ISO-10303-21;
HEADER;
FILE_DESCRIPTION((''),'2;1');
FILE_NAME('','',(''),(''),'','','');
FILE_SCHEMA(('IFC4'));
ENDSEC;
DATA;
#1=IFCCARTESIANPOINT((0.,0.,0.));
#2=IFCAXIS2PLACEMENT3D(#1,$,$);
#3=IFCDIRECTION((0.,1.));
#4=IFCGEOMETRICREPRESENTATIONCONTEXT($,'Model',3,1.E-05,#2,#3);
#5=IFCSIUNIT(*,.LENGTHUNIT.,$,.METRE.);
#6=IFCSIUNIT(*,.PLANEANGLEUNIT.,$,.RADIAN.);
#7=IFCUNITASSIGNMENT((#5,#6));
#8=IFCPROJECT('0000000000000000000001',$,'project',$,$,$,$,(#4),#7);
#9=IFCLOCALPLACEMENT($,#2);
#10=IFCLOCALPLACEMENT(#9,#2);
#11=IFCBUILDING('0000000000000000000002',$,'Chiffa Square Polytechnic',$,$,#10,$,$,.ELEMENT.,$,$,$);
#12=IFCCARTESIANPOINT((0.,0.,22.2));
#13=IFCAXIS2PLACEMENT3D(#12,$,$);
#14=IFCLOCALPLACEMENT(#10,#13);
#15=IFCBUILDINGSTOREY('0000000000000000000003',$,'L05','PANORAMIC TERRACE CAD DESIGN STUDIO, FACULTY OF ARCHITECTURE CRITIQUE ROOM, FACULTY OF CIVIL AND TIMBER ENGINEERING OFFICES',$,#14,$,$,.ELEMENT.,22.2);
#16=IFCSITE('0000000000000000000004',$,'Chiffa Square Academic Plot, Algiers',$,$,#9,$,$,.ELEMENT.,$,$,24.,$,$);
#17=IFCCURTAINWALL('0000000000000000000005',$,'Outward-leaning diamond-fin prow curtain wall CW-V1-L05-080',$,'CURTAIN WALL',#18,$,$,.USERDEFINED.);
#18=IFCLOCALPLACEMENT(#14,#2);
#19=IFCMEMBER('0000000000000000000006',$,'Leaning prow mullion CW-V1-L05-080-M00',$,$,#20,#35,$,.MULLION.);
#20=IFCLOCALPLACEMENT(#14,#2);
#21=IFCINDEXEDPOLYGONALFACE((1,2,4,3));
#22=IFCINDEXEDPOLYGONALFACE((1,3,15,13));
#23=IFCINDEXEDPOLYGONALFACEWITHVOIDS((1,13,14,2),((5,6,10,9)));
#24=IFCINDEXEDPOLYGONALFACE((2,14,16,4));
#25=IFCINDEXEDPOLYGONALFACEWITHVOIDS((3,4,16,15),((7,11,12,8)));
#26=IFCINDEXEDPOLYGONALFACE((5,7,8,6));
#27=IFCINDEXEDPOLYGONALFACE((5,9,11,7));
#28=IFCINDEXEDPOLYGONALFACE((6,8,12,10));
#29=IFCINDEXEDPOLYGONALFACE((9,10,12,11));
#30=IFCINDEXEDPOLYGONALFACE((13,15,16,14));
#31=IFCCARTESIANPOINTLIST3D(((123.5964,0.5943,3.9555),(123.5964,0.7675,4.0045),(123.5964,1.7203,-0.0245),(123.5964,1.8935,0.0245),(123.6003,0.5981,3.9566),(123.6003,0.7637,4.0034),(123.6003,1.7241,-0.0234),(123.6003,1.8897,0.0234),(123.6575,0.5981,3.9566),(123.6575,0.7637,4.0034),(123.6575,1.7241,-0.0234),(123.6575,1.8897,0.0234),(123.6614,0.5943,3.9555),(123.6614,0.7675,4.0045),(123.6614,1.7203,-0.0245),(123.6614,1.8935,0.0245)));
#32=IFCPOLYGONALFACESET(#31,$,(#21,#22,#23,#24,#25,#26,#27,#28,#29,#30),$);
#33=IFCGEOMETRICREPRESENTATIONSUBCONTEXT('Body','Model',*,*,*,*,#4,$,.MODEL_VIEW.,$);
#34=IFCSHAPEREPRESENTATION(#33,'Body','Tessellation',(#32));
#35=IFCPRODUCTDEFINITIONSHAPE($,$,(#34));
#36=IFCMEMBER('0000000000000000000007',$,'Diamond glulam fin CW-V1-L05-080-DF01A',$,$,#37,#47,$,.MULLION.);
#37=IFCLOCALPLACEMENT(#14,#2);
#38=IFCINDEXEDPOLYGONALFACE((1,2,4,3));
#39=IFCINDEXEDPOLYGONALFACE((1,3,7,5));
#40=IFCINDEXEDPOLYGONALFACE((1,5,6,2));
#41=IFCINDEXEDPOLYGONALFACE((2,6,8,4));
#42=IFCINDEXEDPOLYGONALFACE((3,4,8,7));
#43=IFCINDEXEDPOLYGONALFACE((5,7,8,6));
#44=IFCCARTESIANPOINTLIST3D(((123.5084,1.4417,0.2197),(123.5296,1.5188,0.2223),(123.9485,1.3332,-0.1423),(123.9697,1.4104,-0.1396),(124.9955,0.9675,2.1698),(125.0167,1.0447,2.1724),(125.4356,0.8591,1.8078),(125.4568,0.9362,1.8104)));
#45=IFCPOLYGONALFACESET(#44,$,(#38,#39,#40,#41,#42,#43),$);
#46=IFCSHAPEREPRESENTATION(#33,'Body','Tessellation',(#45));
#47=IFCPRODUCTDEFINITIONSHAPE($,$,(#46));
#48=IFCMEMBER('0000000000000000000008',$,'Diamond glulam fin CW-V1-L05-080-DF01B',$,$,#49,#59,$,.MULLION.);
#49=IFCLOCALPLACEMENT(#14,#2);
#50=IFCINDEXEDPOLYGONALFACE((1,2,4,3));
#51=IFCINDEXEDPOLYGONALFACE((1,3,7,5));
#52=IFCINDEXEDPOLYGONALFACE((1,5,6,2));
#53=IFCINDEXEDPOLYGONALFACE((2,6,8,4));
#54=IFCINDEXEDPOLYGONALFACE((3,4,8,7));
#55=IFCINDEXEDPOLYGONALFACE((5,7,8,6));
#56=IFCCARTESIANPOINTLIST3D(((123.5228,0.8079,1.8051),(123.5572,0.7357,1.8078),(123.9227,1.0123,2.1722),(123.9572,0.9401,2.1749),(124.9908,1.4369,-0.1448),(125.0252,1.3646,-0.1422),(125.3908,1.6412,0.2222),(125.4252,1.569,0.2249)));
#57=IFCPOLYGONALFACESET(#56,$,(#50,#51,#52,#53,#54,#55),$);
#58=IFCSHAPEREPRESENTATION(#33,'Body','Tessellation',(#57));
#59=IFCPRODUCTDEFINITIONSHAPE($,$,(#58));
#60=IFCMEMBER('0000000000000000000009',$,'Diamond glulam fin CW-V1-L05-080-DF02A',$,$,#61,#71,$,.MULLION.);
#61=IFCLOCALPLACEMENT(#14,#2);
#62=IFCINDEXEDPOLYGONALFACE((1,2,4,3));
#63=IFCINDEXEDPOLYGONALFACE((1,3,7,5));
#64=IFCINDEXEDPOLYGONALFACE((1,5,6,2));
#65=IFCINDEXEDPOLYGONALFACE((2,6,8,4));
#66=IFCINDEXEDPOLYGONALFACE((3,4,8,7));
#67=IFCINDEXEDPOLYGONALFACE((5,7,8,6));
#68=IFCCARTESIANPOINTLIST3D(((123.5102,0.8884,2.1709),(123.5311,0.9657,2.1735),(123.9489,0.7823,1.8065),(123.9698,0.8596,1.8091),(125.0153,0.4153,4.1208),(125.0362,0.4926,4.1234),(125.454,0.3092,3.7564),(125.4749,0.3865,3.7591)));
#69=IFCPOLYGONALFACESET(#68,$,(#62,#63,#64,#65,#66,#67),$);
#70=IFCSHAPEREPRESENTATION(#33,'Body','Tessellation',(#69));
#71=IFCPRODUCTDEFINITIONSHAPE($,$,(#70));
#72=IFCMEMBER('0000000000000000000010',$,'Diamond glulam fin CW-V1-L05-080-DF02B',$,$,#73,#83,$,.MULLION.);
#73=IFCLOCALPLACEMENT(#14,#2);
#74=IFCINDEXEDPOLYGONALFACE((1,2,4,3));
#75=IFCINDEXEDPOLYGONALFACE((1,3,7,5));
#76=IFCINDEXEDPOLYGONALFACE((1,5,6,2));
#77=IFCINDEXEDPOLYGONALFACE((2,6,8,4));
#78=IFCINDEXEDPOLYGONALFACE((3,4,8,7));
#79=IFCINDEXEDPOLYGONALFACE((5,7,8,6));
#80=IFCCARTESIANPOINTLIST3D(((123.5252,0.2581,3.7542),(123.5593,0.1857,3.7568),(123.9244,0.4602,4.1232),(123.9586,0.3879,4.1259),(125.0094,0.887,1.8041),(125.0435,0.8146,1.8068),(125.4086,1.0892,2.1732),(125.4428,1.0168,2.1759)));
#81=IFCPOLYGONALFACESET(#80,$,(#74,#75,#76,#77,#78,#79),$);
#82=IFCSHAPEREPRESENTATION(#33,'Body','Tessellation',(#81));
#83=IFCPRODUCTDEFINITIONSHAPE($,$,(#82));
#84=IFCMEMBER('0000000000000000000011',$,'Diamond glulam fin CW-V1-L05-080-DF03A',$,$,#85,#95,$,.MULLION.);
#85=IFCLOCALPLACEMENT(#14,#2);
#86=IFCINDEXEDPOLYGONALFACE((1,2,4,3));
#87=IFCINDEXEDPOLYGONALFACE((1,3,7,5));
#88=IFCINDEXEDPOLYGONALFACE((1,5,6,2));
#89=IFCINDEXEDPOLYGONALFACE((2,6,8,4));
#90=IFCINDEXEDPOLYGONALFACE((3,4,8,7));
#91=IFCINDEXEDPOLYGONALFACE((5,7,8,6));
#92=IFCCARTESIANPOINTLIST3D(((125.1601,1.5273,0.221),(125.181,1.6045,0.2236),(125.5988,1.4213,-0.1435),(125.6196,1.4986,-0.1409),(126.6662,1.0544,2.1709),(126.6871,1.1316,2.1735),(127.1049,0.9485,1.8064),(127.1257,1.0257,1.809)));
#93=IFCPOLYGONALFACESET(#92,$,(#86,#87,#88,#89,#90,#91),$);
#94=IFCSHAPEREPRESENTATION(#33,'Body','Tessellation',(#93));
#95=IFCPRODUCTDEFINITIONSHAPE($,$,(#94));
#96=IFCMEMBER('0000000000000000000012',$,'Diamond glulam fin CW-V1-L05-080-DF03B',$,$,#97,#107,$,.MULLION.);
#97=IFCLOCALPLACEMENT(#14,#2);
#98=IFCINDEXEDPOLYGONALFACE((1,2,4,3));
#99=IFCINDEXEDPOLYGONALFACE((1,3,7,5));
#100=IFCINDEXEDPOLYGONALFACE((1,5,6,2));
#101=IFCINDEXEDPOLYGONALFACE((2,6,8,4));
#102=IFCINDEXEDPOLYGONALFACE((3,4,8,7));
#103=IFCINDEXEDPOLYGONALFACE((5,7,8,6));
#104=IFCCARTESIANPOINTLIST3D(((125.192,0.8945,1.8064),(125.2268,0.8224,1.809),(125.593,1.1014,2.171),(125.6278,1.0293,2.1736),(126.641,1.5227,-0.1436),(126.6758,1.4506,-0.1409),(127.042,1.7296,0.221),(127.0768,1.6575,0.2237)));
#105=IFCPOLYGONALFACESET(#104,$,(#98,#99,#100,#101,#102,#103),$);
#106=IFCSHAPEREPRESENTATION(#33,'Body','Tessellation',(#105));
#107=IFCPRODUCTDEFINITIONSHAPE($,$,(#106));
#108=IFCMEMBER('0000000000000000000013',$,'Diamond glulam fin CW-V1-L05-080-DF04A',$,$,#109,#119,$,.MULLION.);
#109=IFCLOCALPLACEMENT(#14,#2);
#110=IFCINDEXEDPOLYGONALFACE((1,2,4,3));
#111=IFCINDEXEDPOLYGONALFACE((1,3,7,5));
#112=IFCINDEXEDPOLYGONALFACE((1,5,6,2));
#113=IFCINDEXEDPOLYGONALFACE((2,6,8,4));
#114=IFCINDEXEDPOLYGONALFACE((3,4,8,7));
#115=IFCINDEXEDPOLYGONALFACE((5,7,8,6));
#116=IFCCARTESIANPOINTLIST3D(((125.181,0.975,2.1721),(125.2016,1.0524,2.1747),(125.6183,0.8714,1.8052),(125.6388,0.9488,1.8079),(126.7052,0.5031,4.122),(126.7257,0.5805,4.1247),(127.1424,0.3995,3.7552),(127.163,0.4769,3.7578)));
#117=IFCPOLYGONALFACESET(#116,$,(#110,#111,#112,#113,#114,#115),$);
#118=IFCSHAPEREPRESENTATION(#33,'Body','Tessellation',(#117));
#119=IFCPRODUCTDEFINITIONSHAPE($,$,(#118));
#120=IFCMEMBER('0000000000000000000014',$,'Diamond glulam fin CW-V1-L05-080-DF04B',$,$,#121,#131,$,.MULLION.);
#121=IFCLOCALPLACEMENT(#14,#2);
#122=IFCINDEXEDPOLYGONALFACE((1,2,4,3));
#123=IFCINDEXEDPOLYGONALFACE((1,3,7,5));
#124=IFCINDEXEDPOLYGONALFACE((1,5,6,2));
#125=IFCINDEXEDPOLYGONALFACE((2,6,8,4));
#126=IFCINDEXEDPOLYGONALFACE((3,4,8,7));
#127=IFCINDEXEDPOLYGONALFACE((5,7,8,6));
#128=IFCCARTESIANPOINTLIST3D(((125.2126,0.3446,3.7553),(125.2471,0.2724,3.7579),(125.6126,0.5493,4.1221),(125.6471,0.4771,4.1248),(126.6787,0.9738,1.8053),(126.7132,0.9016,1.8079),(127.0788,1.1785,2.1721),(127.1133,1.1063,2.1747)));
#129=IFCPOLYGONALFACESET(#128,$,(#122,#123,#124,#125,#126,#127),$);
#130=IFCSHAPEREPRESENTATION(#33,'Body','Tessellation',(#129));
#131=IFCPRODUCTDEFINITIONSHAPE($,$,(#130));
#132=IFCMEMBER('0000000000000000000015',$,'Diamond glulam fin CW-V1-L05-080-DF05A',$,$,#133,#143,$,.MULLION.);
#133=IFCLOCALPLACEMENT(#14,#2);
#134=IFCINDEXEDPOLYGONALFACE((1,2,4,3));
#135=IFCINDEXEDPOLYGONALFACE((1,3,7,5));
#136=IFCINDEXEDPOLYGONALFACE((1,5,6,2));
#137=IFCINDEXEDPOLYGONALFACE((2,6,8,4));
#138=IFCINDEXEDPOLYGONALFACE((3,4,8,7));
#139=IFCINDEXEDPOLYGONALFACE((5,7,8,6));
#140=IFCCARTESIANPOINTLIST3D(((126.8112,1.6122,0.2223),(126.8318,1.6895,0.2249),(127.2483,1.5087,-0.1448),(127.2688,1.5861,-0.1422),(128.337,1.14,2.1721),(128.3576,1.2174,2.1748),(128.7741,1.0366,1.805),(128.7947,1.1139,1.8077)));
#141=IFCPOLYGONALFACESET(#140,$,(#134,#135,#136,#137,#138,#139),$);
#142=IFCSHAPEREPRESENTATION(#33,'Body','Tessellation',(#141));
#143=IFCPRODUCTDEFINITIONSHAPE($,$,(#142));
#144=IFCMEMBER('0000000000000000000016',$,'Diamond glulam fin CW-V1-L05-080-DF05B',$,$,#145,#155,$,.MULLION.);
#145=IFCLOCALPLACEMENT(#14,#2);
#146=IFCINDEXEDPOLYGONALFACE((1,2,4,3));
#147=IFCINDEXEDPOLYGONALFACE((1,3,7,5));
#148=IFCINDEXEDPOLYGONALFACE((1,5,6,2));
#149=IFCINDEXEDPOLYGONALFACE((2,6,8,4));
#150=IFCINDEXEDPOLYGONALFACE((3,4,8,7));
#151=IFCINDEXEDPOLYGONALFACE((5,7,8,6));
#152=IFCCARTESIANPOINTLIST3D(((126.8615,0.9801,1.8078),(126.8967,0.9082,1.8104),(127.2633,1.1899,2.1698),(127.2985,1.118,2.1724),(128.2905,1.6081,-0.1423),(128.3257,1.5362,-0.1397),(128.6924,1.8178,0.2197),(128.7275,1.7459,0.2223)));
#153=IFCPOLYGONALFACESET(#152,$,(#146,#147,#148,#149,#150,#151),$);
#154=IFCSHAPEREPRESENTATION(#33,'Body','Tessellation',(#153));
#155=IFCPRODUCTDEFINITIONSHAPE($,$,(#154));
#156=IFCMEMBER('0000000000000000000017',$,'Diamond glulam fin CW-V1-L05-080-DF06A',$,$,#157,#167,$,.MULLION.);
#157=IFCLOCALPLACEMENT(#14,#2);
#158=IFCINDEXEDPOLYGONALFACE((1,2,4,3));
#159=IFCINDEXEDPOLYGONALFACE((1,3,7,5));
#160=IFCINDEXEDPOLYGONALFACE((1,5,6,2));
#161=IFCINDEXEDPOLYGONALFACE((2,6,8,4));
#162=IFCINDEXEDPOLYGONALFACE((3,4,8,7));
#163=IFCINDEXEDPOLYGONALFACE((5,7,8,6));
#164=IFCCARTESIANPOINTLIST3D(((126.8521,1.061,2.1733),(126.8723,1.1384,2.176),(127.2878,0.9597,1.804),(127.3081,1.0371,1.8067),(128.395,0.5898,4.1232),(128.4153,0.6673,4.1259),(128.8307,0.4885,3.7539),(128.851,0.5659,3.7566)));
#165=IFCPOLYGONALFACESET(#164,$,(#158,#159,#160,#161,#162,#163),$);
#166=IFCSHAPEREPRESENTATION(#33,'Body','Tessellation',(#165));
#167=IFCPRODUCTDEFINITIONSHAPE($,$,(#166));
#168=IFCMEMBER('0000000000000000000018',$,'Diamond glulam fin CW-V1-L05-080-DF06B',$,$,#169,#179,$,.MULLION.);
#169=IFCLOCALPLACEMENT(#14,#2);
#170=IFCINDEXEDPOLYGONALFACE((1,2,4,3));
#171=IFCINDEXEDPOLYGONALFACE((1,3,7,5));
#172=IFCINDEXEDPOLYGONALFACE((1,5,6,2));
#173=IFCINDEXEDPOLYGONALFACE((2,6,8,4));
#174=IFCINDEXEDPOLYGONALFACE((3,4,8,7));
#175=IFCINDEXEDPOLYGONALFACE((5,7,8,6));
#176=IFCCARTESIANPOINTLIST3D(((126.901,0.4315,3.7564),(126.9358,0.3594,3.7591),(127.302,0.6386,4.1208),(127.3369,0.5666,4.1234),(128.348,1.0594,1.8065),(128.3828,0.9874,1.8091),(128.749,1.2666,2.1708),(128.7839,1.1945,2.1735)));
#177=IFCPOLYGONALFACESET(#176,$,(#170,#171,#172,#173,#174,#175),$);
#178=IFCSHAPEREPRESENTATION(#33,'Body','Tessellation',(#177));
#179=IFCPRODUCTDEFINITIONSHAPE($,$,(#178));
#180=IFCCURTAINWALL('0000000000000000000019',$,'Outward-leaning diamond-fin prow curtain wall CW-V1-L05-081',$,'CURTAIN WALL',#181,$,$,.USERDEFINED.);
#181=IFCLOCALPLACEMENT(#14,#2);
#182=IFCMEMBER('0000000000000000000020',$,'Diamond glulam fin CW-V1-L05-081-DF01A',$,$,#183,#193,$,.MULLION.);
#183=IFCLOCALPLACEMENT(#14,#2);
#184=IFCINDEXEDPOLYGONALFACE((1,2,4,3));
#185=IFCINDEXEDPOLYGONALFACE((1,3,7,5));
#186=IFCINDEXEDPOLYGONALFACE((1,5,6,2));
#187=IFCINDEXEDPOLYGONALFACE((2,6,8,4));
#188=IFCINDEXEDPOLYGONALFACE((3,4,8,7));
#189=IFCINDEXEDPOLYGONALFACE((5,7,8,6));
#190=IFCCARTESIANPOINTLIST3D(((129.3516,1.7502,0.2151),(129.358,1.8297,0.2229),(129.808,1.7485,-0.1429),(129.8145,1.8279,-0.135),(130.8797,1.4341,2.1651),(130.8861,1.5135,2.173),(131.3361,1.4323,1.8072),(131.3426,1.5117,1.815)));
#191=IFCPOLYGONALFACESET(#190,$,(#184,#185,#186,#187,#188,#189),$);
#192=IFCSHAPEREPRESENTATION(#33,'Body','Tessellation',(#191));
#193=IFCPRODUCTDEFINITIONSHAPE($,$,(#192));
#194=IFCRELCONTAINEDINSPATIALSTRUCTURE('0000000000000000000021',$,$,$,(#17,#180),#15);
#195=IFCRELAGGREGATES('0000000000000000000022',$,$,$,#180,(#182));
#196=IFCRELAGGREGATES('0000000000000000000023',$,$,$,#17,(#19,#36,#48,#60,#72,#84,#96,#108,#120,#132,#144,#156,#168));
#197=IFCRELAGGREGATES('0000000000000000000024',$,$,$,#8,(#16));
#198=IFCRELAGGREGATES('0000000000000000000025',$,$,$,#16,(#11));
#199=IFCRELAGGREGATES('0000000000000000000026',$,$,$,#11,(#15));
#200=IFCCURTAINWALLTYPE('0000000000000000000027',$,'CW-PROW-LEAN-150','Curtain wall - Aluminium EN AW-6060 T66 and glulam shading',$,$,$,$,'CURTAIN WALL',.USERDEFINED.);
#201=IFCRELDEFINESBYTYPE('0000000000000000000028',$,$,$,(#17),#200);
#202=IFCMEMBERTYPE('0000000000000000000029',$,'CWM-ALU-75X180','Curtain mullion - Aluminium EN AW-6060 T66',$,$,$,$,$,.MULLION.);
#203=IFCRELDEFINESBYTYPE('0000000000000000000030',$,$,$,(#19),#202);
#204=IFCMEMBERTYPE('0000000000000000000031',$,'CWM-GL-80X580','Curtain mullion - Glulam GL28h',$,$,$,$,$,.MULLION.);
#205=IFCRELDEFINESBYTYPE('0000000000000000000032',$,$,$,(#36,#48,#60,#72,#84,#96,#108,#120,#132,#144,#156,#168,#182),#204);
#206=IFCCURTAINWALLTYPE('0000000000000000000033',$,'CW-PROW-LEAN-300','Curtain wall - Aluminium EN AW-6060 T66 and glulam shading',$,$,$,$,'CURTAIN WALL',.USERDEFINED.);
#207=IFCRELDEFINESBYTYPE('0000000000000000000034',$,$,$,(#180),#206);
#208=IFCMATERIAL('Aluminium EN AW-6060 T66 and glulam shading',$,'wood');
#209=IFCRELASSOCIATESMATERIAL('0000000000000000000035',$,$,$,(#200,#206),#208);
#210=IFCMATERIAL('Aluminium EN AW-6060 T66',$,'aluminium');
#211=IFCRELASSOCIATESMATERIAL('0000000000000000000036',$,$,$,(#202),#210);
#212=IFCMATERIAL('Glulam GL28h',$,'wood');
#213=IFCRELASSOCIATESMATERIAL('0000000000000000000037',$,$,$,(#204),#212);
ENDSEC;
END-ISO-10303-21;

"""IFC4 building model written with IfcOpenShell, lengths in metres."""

from ifc_helpers import new_model, si_unit, direction, frame, origin, origin_2d, place, context, subcontext, project, spatial, rectangle, hollow_rectangle, extrude, material, material_profile, profile_set, type_object, element, aggregate, save


model = new_model("IFC4")

# Units and contexts
model_context = context("Model", 3, precision=1e-05, world=origin(), true_north=direction((0.0, 1.0)))
body_context = subcontext(model_context, "Body", "Model", "MODEL_VIEW")
ifc_project = project(units=[si_unit("LENGTHUNIT", "METRE"), si_unit("PLANEANGLEUNIT", "RADIAN")], contexts=[model_context])

# Site, building, storey
site_placement = place(None, origin())
site = spatial("IfcSite", under=ifc_project, at=site_placement, Name="Chiffa Square Academic Plot, Algiers", CompositionType="ELEMENT", RefElevation=24.0)
building_placement = place(site_placement, origin())
building = spatial("IfcBuilding", under=site, at=building_placement, Name="Chiffa Square Polytechnic", CompositionType="ELEMENT")
storey_placement = place(building_placement, frame((0.0, 0.0, 22.2)))
storey = spatial("IfcBuildingStorey", under=building, at=storey_placement, Name="L05", Description="PANORAMIC TERRACE CAD DESIGN STUDIO, FACULTY OF ARCHITECTURE CRITIQUE ROOM, FACULTY OF CIVIL AND TIMBER ENGINEERING OFFICES", CompositionType="ELEMENT", Elevation=22.2)

# Curtain walls, members
ifc_material_1 = material(Name="Aluminium EN AW-6060 T66 and glulam shading", Category="wood")
curtain_wall_type_1 = type_object("IfcCurtainWallType", Name="CW-PROW-LEAN-150", Description="Curtain wall - Aluminium EN AW-6060 T66 and glulam shading", ElementType="CURTAIN WALL", PredefinedType="USERDEFINED", material=ifc_material_1)
curtain_wall_1_placement = place(storey_placement, origin())
curtain_wall_1 = element("IfcCurtainWall", 1, at=curtain_wall_1_placement, inside=storey, type_object=curtain_wall_type_1, Name="Outward-leaning diamond-fin prow curtain wall CW-V1-L05-080", ObjectType="CURTAIN WALL", PredefinedType="USERDEFINED")
ifc_material_2 = material(Name="Aluminium EN AW-6060 T66", Category="aluminium")
ifc_material_profile_1 = material_profile(ifc_material_2, hollow_rectangle(XDim=0.0649, YDim=0.1799, WallThickness=0.0039, at=origin_2d()), Name="ALU 65x180x4")
ifc_profile_set_1 = profile_set([ifc_material_profile_1], Name="Aluminium EN AW-6060 T66")
member_type_1 = type_object("IfcMemberType", Name="CWM-ALU-75X180", Description="Curtain mullion - Aluminium EN AW-6060 T66", PredefinedType="MULLION", material=ifc_profile_set_1)
member_1_placement = place(storey_placement, frame((123.6289, 1.8069, 0.0), z_axis=(0.0, -0.272226, 0.962233), x_axis=(1.0, 0.0, 0.0)))
member_1 = element("IfcMember", 2, at=member_1_placement, type_object=member_type_1, Name="Leaning prow mullion CW-V1-L05-080-M00", PredefinedType="MULLION", context=body_context, shape_type="SweptSolid", body=[
    extrude(hollow_rectangle(XDim=0.0649, YDim=0.1799, WallThickness=0.0039, at=origin_2d()), origin(), (0.0, 0.0, 1.0), 4.1362),
])
ifc_material_3 = material(Name="Glulam GL28h", Category="wood")
ifc_material_profile_2 = material_profile(ifc_material_3, rectangle(XDim=0.0801, YDim=0.5801, at=origin_2d()), Name="GL28h 80x580")
ifc_profile_set_2 = profile_set([ifc_material_profile_2], Name="Glulam GL28h")
member_type_2 = type_object("IfcMemberType", Name="CWM-GL-80X580", Description="Curtain mullion - Glulam GL28h", PredefinedType="MULLION", material=ifc_profile_set_2)
member_2_placement = place(storey_placement, frame((123.739, 1.426, 0.04), z_axis=(0.595375, -0.189824, 0.780702), x_axis=(0.264421, 0.963853, 0.032705)))
member_2 = element("IfcMember", 3, at=member_2_placement, type_object=member_type_2, Name="Diamond glulam fin CW-V1-L05-080-DF01A", PredefinedType="MULLION", context=body_context, shape_type="SweptSolid", body=[
    extrude(rectangle(XDim=0.0801, YDim=0.5801, at=origin_2d()), origin(), (0.0, 0.0, 1.0), 2.4978),
])
member_3_placement = place(storey_placement, frame((125.208, 1.5029, 0.04), z_axis=(-0.582432, -0.249517, 0.773637), x_axis=(0.430468, -0.901996, 0.033162)))
member_3 = element("IfcMember", 4, at=member_3_placement, type_object=member_type_2, Name="Diamond glulam fin CW-V1-L05-080-DF01B", PredefinedType="MULLION", context=body_context, shape_type="SweptSolid", body=[
    extrude(rectangle(XDim=0.0801, YDim=0.5801, at=origin_2d()), origin(), (0.0, 0.0, 1.0), 2.5205),
])
member_4_placement = place(storey_placement, frame((123.74, 0.874, 1.99), z_axis=(0.600058, -0.188631, 0.777399), x_axis=(0.260663, 0.964869, 0.03292)))
member_4 = element("IfcMember", 5, at=member_4_placement, type_object=member_type_2, Name="Diamond glulam fin CW-V1-L05-080-DF02A", PredefinedType="MULLION", context=body_context, shape_type="SweptSolid", body=[
    extrude(rectangle(XDim=0.0801, YDim=0.5801, at=origin_2d()), origin(), (0.0, 0.0, 1.0), 2.5083),
])
member_5_placement = place(storey_placement, frame((125.2261, 0.9519, 1.99), z_axis=(-0.586632, -0.248588, 0.770757), x_axis=(0.426775, -0.903743, 0.033345)))
member_5 = element("IfcMember", 6, at=member_5_placement, type_object=member_type_2, Name="Diamond glulam fin CW-V1-L05-080-DF02B", PredefinedType="MULLION", context=body_context, shape_type="SweptSolid", body=[
    extrude(rectangle(XDim=0.0801, YDim=0.5801, at=origin_2d()), origin(), (0.0, 0.0, 1.0), 2.53),
])
member_6_placement = place(storey_placement, frame((125.3899, 1.5129, 0.04), z_axis=(0.600318, -0.188493, 0.777231), x_axis=(0.26035, 0.964953, 0.032931)))
member_6 = element("IfcMember", 7, at=member_6_placement, type_object=member_type_2, Name="Diamond glulam fin CW-V1-L05-080-DF03A", PredefinedType="MULLION", context=body_context, shape_type="SweptSolid", body=[
    extrude(rectangle(XDim=0.0801, YDim=0.5801, at=origin_2d()), origin(), (0.0, 0.0, 1.0), 2.5088),
])
member_7_placement = place(storey_placement, frame((126.8589, 1.5901, 0.04), z_axis=(-0.577449, -0.250341, 0.777099), x_axis=(0.434529, -0.900055, 0.032939)))
member_7 = element("IfcMember", 8, at=member_7_placement, type_object=member_type_2, Name="Diamond glulam fin CW-V1-L05-080-DF03B", PredefinedType="MULLION", context=body_context, shape_type="SweptSolid", body=[
    extrude(rectangle(XDim=0.0801, YDim=0.5801, at=origin_2d()), origin(), (0.0, 0.0, 1.0), 2.5093),
])
member_8_placement = place(storey_placement, frame((125.4099, 0.9619, 1.99), z_axis=(0.604938, -0.187305, 0.773929), x_axis=(0.256676, 0.965929, 0.033143)))
member_8 = element("IfcMember", 9, at=member_8_placement, type_object=member_type_2, Name="Diamond glulam fin CW-V1-L05-080-DF04A", PredefinedType="MULLION", context=body_context, shape_type="SweptSolid", body=[
    extrude(rectangle(XDim=0.0801, YDim=0.5801, at=origin_2d()), origin(), (0.0, 0.0, 1.0), 2.5195),
])
member_9_placement = place(storey_placement, frame((126.896, 1.04, 1.99), z_axis=(-0.581905, -0.24972, 0.773968), x_axis=(0.431046, -0.901721, 0.03314)))
member_9 = element("IfcMember", 10, at=member_9_placement, type_object=member_type_2, Name="Diamond glulam fin CW-V1-L05-080-DF04B", PredefinedType="MULLION", context=body_context, shape_type="SweptSolid", body=[
    extrude(rectangle(XDim=0.0801, YDim=0.5801, at=origin_2d()), origin(), (0.0, 0.0, 1.0), 2.5195),
])
member_10_placement = place(storey_placement, frame((127.04, 1.5991, 0.04), z_axis=(0.605357, -0.187322, 0.773598), x_axis=(0.256528, 0.965968, 0.033164)))
member_10 = element("IfcMember", 11, at=member_10_placement, type_object=member_type_2, Name="Diamond glulam fin CW-V1-L05-080-DF05A", PredefinedType="MULLION", context=body_context, shape_type="SweptSolid", body=[
    extrude(rectangle(XDim=0.0801, YDim=0.5801, at=origin_2d()), origin(), (0.0, 0.0, 1.0), 2.5205),
])
member_11_placement = place(storey_placement, frame((128.509, 1.677, 0.04), z_axis=(-0.572108, -0.251403, 0.780698), x_axis=(0.439158, -0.897814, 0.032705)))
member_11 = element("IfcMember", 12, at=member_11_placement, type_object=member_type_2, Name="Diamond glulam fin CW-V1-L05-080-DF05B", PredefinedType="MULLION", context=body_context, shape_type="SweptSolid", body=[
    extrude(rectangle(XDim=0.0801, YDim=0.5801, at=origin_2d()), origin(), (0.0, 0.0, 1.0), 2.4978),
])
member_12_placement = place(storey_placement, frame((127.0801, 1.0491, 1.99), z_axis=(0.60967, -0.186181, 0.77048), x_axis=(0.253099, 0.966865, 0.033362)))
member_12 = element("IfcMember", 13, at=member_12_placement, type_object=member_type_2, Name="Diamond glulam fin CW-V1-L05-080-DF06A", PredefinedType="MULLION", context=body_context, shape_type="SweptSolid", body=[
    extrude(rectangle(XDim=0.0801, YDim=0.5801, at=origin_2d()), origin(), (0.0, 0.0, 1.0), 2.5308),
])
member_13_placement = place(storey_placement, frame((128.5659, 1.127, 1.99), z_axis=(-0.576943, -0.250362, 0.777467), x_axis=(0.434862, -0.899895, 0.032915)))
member_13 = element("IfcMember", 14, at=member_13_placement, type_object=member_type_2, Name="Diamond glulam fin CW-V1-L05-080-DF06B", PredefinedType="MULLION", context=body_context, shape_type="SweptSolid", body=[
    extrude(rectangle(XDim=0.0801, YDim=0.5801, at=origin_2d()), origin(), (0.0, 0.0, 1.0), 2.5081),
])
curtain_wall_type_2 = type_object("IfcCurtainWallType", Name="CW-PROW-LEAN-300", Description="Curtain wall - Aluminium EN AW-6060 T66 and glulam shading", ElementType="CURTAIN WALL", PredefinedType="USERDEFINED", material=ifc_material_1)
curtain_wall_2_placement = place(storey_placement, origin())
curtain_wall_2 = element("IfcCurtainWall", 15, at=curtain_wall_2_placement, inside=storey, type_object=curtain_wall_type_2, Name="Outward-leaning diamond-fin prow curtain wall CW-V1-L05-081", ObjectType="CURTAIN WALL", PredefinedType="USERDEFINED")
member_14_placement = place(storey_placement, frame((129.583, 1.7891, 0.04), z_axis=(0.611853, -0.126594, 0.780775), x_axis=(0.080509, 0.99195, 0.097742)))
member_14 = element("IfcMember", 16, at=member_14_placement, type_object=member_type_2, Name="Diamond glulam fin CW-V1-L05-081-DF01A", PredefinedType="MULLION", context=body_context, shape_type="SweptSolid", body=[
    extrude(rectangle(XDim=0.0801, YDim=0.5801, at=origin_2d()), origin(), (0.0, 0.0, 1.0), 2.4976),
])

aggregate(curtain_wall_2, [member_14])

aggregate(curtain_wall_1, [member_1, member_2, member_3, member_4, member_5, member_6, member_7, member_8, member_9, member_10, member_11, member_12, member_13])

save(model, "model.ifc")
